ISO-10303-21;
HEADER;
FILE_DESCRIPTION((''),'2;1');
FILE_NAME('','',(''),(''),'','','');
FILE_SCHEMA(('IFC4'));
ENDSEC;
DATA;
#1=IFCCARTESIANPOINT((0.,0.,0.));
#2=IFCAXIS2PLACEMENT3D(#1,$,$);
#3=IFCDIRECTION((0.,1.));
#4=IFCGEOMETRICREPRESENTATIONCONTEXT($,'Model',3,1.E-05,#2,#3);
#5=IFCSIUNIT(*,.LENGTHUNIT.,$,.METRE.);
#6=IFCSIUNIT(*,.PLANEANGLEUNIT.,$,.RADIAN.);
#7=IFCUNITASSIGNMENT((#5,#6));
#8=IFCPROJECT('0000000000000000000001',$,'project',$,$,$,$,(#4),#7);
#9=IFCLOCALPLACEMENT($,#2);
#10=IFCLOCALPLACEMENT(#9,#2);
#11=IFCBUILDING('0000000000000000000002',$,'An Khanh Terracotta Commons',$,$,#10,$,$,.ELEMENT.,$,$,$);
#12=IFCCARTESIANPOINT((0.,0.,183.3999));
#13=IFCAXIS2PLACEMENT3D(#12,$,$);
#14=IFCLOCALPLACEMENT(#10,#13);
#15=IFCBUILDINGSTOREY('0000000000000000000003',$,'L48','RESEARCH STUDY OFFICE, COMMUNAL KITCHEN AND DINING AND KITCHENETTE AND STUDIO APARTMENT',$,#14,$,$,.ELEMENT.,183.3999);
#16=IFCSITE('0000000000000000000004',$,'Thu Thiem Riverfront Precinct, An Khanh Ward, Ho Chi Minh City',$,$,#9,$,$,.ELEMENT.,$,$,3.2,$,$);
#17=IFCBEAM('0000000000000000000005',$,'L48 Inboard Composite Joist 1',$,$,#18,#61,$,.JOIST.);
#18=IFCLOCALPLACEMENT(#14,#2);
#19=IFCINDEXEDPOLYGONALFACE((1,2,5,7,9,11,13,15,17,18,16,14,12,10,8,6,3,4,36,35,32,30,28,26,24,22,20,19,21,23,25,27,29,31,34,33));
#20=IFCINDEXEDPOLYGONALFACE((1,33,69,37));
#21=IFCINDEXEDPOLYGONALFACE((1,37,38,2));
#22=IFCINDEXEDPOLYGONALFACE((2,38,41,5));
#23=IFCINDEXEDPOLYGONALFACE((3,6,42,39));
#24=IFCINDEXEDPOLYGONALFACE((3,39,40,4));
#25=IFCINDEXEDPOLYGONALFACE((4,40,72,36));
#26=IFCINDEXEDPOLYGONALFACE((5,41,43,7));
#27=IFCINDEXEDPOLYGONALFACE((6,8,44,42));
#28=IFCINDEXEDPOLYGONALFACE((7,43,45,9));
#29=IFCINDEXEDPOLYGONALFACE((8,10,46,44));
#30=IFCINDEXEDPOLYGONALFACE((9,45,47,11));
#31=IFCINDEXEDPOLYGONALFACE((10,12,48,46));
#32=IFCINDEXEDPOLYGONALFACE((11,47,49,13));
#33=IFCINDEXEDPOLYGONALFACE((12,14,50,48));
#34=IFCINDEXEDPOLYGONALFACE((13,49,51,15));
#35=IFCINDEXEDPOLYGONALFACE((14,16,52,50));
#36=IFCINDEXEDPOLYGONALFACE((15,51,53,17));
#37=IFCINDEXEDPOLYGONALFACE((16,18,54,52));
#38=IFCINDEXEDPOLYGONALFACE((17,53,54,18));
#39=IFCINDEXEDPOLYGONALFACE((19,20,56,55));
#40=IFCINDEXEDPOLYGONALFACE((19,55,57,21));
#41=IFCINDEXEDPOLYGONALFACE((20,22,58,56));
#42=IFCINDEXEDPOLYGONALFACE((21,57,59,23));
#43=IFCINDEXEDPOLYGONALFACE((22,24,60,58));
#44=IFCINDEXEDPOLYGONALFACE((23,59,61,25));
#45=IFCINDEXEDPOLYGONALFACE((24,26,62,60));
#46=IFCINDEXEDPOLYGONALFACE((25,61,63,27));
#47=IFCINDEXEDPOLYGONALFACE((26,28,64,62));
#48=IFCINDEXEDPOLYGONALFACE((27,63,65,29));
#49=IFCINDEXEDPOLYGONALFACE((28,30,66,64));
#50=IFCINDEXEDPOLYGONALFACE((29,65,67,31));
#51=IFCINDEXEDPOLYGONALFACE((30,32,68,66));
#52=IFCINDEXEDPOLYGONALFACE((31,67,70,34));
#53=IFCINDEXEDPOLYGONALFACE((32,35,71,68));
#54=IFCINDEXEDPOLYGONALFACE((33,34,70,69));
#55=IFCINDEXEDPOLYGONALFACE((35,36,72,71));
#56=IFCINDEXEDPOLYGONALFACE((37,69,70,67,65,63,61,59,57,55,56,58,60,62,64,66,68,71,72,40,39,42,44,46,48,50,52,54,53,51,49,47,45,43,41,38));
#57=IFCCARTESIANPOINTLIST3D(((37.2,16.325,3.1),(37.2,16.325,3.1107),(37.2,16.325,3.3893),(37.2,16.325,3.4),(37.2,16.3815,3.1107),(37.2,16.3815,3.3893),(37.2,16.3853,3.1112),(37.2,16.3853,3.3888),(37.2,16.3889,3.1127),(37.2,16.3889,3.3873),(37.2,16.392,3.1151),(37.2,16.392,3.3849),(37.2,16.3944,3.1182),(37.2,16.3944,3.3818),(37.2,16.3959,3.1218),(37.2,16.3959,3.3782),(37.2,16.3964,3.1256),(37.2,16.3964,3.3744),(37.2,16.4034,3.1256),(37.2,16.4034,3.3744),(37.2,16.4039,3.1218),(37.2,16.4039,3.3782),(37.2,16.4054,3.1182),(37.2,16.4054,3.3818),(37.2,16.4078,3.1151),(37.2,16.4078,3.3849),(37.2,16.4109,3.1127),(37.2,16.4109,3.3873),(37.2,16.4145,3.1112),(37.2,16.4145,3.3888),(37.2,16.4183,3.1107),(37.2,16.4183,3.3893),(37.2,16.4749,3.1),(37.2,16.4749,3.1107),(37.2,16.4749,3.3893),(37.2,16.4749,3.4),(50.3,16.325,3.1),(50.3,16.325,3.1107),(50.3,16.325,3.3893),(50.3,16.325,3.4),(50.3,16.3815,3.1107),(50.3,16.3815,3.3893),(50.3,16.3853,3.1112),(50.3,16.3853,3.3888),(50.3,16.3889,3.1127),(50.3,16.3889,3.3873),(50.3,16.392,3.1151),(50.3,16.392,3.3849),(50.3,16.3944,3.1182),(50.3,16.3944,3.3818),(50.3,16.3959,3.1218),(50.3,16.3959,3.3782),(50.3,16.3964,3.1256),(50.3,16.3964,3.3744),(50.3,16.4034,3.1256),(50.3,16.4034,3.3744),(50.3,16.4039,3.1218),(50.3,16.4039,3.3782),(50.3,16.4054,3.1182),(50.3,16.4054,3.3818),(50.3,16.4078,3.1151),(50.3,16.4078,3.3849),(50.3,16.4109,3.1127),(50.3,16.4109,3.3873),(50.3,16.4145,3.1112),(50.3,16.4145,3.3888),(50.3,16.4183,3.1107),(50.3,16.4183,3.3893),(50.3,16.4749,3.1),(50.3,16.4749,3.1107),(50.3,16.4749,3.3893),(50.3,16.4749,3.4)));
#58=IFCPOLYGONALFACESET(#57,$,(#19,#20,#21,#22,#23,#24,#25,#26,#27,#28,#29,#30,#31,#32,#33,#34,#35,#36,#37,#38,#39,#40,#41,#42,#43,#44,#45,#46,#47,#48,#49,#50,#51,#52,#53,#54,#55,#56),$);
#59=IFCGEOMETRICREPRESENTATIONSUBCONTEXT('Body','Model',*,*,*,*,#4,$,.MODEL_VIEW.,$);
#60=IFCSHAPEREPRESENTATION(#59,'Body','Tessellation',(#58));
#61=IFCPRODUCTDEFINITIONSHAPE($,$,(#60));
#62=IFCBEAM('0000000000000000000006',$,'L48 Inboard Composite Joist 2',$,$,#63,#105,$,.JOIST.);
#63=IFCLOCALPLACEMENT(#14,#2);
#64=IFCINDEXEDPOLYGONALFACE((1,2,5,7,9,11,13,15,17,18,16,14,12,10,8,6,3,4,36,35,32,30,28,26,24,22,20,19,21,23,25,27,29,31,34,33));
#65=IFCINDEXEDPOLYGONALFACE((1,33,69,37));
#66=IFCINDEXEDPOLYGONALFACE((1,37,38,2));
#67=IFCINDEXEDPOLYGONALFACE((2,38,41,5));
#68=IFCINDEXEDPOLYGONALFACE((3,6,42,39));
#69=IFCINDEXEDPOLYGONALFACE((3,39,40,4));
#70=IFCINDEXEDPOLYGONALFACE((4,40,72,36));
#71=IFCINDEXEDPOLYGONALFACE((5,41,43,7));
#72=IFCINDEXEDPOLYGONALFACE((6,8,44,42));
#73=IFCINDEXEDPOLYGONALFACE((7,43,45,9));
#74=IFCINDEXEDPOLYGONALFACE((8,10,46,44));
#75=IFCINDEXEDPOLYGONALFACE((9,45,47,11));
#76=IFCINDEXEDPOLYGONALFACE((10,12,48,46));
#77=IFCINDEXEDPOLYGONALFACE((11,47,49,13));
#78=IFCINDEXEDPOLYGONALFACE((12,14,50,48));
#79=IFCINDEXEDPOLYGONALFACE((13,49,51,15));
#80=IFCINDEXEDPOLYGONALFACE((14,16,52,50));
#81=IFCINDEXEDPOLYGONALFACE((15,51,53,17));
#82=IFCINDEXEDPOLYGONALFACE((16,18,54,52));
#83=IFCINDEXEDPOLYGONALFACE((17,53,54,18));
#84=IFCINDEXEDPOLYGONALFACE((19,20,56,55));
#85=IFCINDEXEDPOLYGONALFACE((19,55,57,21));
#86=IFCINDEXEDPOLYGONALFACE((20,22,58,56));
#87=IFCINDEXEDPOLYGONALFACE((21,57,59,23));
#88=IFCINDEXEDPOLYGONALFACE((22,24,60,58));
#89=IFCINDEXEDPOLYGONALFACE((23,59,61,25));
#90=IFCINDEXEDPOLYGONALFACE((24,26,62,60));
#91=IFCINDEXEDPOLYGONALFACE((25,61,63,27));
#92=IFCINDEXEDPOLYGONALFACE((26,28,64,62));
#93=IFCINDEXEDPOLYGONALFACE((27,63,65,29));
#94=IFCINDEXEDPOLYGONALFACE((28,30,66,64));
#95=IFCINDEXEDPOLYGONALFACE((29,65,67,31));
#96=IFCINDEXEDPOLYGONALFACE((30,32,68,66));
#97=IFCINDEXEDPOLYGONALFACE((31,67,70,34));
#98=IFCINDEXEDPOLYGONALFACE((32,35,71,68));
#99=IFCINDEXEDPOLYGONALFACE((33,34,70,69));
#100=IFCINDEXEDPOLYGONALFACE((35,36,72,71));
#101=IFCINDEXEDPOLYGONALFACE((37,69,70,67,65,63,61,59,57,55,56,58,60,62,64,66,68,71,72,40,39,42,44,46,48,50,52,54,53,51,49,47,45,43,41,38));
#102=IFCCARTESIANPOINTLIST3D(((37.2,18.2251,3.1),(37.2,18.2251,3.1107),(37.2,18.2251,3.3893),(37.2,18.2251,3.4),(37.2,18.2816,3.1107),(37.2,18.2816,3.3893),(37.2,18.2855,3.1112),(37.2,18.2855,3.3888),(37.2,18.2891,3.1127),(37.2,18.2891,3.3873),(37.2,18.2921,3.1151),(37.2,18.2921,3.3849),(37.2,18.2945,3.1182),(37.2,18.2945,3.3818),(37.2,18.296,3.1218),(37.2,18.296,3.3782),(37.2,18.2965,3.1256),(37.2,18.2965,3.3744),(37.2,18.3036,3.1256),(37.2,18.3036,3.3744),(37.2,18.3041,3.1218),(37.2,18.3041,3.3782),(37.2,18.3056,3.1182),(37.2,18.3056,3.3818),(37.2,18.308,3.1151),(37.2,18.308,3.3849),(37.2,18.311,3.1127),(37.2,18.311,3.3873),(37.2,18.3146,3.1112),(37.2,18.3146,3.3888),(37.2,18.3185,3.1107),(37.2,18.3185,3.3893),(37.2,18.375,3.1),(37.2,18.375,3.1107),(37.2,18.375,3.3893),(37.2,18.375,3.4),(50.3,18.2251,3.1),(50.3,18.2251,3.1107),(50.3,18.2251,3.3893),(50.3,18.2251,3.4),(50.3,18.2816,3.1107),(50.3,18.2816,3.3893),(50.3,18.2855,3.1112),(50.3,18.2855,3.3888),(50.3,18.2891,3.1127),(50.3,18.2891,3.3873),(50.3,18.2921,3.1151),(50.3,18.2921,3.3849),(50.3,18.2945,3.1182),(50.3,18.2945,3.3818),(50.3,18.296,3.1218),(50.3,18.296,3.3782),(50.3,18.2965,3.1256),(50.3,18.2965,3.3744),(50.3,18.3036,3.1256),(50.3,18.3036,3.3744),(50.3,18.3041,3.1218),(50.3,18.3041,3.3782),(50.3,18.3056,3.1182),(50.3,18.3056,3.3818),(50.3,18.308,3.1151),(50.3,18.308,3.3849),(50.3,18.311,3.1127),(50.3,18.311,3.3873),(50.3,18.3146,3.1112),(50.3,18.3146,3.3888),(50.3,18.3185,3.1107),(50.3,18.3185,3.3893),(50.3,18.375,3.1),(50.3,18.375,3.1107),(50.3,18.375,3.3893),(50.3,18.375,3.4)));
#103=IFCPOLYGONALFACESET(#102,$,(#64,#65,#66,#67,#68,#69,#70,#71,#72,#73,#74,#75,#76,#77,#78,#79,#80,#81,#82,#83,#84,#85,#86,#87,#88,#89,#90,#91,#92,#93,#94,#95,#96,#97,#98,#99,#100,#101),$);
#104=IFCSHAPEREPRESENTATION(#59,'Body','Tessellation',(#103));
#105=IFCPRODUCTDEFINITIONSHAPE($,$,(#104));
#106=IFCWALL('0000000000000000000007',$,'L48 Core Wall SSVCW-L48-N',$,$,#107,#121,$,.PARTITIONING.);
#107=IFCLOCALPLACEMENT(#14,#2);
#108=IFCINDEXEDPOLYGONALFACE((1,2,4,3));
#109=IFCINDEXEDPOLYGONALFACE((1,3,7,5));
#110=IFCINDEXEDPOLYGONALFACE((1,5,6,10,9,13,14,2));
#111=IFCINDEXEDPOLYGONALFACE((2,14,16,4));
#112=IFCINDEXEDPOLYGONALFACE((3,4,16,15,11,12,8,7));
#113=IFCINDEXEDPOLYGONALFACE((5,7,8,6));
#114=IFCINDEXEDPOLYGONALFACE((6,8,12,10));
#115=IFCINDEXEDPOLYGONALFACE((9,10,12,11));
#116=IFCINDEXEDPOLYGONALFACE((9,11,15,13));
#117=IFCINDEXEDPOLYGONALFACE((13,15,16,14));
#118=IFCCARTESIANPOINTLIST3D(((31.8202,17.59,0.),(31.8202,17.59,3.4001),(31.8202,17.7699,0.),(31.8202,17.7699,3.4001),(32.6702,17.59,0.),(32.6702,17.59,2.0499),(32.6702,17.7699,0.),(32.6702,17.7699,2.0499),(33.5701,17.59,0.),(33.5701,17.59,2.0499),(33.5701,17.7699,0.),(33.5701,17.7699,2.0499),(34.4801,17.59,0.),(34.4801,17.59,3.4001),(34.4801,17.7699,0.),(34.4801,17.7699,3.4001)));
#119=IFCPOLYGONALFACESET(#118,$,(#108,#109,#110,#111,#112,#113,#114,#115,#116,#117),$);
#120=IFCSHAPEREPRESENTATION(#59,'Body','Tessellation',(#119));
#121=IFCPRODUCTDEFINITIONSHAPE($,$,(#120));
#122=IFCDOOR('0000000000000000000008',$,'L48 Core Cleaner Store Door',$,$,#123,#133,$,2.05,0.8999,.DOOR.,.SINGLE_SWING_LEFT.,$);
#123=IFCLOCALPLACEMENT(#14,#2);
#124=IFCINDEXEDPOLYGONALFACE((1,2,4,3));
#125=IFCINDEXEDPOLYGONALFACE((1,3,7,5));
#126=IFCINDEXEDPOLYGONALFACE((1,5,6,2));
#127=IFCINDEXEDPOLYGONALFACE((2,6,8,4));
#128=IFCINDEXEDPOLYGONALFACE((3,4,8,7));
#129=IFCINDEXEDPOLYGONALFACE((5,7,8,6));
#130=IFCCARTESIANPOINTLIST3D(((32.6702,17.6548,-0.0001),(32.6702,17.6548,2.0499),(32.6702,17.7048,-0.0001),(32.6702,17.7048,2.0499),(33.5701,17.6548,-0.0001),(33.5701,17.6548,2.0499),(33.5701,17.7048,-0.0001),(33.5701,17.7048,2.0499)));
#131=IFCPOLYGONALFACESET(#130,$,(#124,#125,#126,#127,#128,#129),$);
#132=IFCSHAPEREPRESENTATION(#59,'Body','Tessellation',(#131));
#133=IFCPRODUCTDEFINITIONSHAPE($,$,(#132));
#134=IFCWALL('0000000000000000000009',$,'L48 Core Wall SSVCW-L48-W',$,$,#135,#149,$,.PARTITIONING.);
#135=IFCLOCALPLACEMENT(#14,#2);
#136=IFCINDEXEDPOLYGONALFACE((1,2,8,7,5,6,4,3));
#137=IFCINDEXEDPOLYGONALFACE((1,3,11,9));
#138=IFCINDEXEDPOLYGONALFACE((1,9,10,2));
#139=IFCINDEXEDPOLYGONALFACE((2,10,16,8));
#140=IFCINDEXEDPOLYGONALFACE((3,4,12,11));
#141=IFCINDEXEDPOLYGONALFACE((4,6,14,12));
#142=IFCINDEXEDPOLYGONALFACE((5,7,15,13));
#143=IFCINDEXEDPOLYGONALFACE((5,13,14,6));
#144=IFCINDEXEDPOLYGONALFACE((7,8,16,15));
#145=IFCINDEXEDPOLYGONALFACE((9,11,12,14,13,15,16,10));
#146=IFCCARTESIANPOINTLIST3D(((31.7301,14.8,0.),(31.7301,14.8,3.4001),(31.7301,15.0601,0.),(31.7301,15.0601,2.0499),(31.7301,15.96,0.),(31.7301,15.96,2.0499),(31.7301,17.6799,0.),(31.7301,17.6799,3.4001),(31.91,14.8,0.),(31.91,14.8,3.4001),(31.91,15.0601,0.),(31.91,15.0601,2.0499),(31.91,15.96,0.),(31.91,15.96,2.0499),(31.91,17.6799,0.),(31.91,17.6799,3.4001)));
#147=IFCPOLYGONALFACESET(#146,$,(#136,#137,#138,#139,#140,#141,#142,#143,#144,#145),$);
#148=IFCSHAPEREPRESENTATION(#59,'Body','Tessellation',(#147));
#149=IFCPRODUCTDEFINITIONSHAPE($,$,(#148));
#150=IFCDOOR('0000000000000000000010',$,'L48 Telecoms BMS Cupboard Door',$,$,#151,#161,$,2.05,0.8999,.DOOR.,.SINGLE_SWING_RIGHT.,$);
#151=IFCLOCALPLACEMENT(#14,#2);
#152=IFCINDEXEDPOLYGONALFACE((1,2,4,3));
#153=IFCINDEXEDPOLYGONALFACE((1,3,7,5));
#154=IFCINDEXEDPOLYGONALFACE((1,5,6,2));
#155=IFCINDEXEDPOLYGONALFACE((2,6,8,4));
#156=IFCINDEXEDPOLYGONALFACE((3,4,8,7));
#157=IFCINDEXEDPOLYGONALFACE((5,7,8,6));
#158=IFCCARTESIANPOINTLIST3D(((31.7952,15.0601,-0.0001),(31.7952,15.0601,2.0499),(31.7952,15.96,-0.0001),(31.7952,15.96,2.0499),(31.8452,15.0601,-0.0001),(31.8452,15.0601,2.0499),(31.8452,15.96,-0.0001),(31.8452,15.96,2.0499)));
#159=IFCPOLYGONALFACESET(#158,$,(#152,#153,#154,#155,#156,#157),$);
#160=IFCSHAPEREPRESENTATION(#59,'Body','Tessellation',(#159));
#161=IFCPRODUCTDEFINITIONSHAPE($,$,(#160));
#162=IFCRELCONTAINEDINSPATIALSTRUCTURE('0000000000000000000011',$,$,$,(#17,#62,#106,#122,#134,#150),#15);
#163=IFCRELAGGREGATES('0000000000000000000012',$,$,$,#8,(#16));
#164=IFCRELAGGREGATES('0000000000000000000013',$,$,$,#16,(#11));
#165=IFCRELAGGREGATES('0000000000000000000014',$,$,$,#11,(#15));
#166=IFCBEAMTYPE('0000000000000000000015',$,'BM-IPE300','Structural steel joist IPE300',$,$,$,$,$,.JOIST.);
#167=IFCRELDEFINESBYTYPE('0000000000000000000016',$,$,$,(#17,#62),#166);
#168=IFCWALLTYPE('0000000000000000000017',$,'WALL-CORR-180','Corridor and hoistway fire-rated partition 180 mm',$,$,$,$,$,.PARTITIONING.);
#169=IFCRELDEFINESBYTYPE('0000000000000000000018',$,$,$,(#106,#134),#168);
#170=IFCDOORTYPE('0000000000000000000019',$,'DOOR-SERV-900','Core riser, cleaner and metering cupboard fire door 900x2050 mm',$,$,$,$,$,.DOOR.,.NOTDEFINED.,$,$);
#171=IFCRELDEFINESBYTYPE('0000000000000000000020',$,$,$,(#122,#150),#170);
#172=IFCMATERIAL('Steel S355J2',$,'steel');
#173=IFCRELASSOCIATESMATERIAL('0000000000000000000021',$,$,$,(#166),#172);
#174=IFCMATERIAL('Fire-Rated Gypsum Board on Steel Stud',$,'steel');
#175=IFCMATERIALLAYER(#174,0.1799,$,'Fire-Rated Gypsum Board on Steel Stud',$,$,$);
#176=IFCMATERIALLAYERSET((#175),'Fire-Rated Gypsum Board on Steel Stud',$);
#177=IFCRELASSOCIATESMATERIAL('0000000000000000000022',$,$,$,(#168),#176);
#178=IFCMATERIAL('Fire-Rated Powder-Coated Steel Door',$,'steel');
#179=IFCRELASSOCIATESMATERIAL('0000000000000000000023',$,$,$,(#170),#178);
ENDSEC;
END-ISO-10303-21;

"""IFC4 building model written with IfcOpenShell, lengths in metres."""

from ifc_helpers import new_model, si_unit, direction, frame, frame_2d, origin, origin_2d, place, context, subcontext, project, spatial, rectangle, i_section, extrude, material, layer, layer_set, material_profile, profile_set, type_object, element, fill, save


model = new_model("IFC4")

# Units and contexts
model_context = context("Model", 3, precision=1e-05, world=origin(), true_north=direction((0.0, 1.0)))
body_context = subcontext(model_context, "Body", "Model", "MODEL_VIEW")
ifc_project = project(units=[si_unit("LENGTHUNIT", "METRE"), si_unit("PLANEANGLEUNIT", "RADIAN")], contexts=[model_context])

# Site, building, storey
site_placement = place(None, origin())
site = spatial("IfcSite", under=ifc_project, at=site_placement, Name="Thu Thiem Riverfront Precinct, An Khanh Ward, Ho Chi Minh City", CompositionType="ELEMENT", RefElevation=3.2)
building_placement = place(site_placement, origin())
building = spatial("IfcBuilding", under=site, at=building_placement, Name="An Khanh Terracotta Commons", CompositionType="ELEMENT")
storey_placement = place(building_placement, frame((0.0, 0.0, 183.3999)))
storey = spatial("IfcBuildingStorey", under=building, at=storey_placement, Name="L48", Description="RESEARCH STUDY OFFICE, COMMUNAL KITCHEN AND DINING AND KITCHENETTE AND STUDIO APARTMENT", CompositionType="ELEMENT", Elevation=183.3999)

# Beams
ifc_material_1 = material(Name="Steel S355J2", Category="steel")
ifc_material_profile_1 = material_profile(ifc_material_1, i_section(OverallWidth=0.1499, OverallDepth=0.3, WebThickness=0.0071, FlangeThickness=0.0107, FilletRadius=0.0149, at=origin_2d()), Name="IPE300")
ifc_profile_set_1 = profile_set([ifc_material_profile_1], Name="Steel S355J2")
beam_type_1 = type_object("IfcBeamType", Name="BM-IPE300", Description="Structural steel joist IPE300", PredefinedType="JOIST", material=ifc_profile_set_1)
for number, where, z_axis, x_axis, name in (
    (1, (37.2, 16.3999, 3.25), (1.0, 0.0, 0.0), (0.0, 1.0, 0.0), "L48 Inboard Composite Joist 1"),
    (2, (37.2, 18.3, 3.25), (1.0, 0.0, 0.0), (0.0, 1.0, 0.0), "L48 Inboard Composite Joist 2"),
):
    element("IfcBeam", number, at=place(storey_placement, frame(where, z_axis=z_axis, x_axis=x_axis)), inside=storey, type_object=beam_type_1, Name=name, PredefinedType="JOIST", context=body_context, shape_type="SweptSolid", body=[
        extrude(i_section(OverallWidth=0.1499, OverallDepth=0.3, WebThickness=0.0071, FlangeThickness=0.0107, FilletRadius=0.0149, at=origin_2d()), origin(), (0.0, 0.0, 1.0), 13.1001),
    ])

# Walls, openings, doors
ifc_material_2 = material(Name="Fire-Rated Gypsum Board on Steel Stud", Category="steel")
ifc_layer_1 = layer(ifc_material_2, 0.1799, Name="Fire-Rated Gypsum Board on Steel Stud")
ifc_layer_set_1 = layer_set([ifc_layer_1], Name="Fire-Rated Gypsum Board on Steel Stud")
wall_type_1 = type_object("IfcWallType", Name="WALL-CORR-180", Description="Corridor and hoistway fire-rated partition 180 mm", PredefinedType="PARTITIONING", material=ifc_layer_set_1)
wall_1_placement = place(storey_placement, frame((31.8201, 17.6799, 0.0), z_axis=(0.0, 0.0, 1.0), x_axis=(1.0, 0.0, 0.0)))
wall_1 = element("IfcWall", 3, at=wall_1_placement, inside=storey, type_object=wall_type_1, Name="L48 Core Wall SSVCW-L48-N", PredefinedType="PARTITIONING", context=body_context, shape_type="SweptSolid", body=[
    extrude(rectangle(XDim=2.6599, YDim=0.1799, at=frame_2d((1.3301, 0.0))), origin(), (0.0, 0.0, 1.0), 3.4001),
])
opening_1_placement = place(wall_1_placement, frame((0.8501, 0.0, 0.0)))
opening_1 = element("IfcOpeningElement", 4, at=opening_1_placement, cuts=wall_1, PredefinedType="OPENING", context=body_context, shape_type="SweptSolid", body=[
    extrude(rectangle(XDim=0.8999, YDim=2.05, at=frame_2d((0.45, 1.0249))), frame((0.0, 0.0999, 0.0), z_axis=(0.0, -1.0, 0.0), x_axis=(1.0, 0.0, 0.0)), (0.0, 0.0, 1.0), 0.2),
])
ifc_material_3 = material(Name="Fire-Rated Powder-Coated Steel Door", Category="steel")
door_type_1 = type_object("IfcDoorType", Name="DOOR-SERV-900", Description="Core riser, cleaner and metering cupboard fire door 900x2050 mm", OperationType="NOTDEFINED", PredefinedType="DOOR", material=ifc_material_3)
door_1_placement = place(opening_1_placement, origin())
door_1 = element("IfcDoor", 5, at=door_1_placement, inside=storey, type_object=door_type_1, Name="L48 Core Cleaner Store Door", OperationType="SINGLE_SWING_LEFT", OverallHeight=2.05, OverallWidth=0.8999, PredefinedType="DOOR", context=body_context, shape_type="SweptSolid", body=[
    extrude(rectangle(XDim=0.8999, YDim=2.05, at=frame_2d((0.45, 1.0249))), frame((0.0, 0.0249, 0.0), z_axis=(0.0, -1.0, 0.0), x_axis=(1.0, 0.0, 0.0)), (0.0, 0.0, 1.0), 0.05),
])
fill(opening_1, door_1)
wall_2_placement = place(storey_placement, frame((31.8201, 14.8, 0.0), z_axis=(0.0, 0.0, 1.0), x_axis=(0.0, 1.0, 0.0)))
wall_2 = element("IfcWall", 6, at=wall_2_placement, inside=storey, type_object=wall_type_1, Name="L48 Core Wall SSVCW-L48-W", PredefinedType="PARTITIONING", context=body_context, shape_type="SweptSolid", body=[
    extrude(rectangle(XDim=2.8799, YDim=0.1799, at=frame_2d((1.4399, 0.0))), origin(), (0.0, 0.0, 1.0), 3.4001),
])
opening_2_placement = place(wall_2_placement, frame((0.26, 0.0, 0.0)))
opening_2 = element("IfcOpeningElement", 7, at=opening_2_placement, cuts=wall_2, PredefinedType="OPENING", context=body_context, shape_type="SweptSolid", body=[
    extrude(rectangle(XDim=0.8999, YDim=2.05, at=frame_2d((0.45, 1.0249))), frame((0.0, 0.0999, 0.0), z_axis=(0.0, -1.0, 0.0), x_axis=(1.0, 0.0, 0.0)), (0.0, 0.0, 1.0), 0.2),
])
door_2_placement = place(opening_2_placement, origin())
door_2 = element("IfcDoor", 8, at=door_2_placement, inside=storey, type_object=door_type_1, Name="L48 Telecoms BMS Cupboard Door", OperationType="SINGLE_SWING_RIGHT", OverallHeight=2.05, OverallWidth=0.8999, PredefinedType="DOOR", context=body_context, shape_type="SweptSolid", body=[
    extrude(rectangle(XDim=0.8999, YDim=2.05, at=frame_2d((0.45, 1.0249))), frame((0.0, 0.0249, 0.0), z_axis=(0.0, -1.0, 0.0), x_axis=(1.0, 0.0, 0.0)), (0.0, 0.0, 1.0), 0.05),
])
fill(opening_2, door_2)

save(model, "model.ifc")
